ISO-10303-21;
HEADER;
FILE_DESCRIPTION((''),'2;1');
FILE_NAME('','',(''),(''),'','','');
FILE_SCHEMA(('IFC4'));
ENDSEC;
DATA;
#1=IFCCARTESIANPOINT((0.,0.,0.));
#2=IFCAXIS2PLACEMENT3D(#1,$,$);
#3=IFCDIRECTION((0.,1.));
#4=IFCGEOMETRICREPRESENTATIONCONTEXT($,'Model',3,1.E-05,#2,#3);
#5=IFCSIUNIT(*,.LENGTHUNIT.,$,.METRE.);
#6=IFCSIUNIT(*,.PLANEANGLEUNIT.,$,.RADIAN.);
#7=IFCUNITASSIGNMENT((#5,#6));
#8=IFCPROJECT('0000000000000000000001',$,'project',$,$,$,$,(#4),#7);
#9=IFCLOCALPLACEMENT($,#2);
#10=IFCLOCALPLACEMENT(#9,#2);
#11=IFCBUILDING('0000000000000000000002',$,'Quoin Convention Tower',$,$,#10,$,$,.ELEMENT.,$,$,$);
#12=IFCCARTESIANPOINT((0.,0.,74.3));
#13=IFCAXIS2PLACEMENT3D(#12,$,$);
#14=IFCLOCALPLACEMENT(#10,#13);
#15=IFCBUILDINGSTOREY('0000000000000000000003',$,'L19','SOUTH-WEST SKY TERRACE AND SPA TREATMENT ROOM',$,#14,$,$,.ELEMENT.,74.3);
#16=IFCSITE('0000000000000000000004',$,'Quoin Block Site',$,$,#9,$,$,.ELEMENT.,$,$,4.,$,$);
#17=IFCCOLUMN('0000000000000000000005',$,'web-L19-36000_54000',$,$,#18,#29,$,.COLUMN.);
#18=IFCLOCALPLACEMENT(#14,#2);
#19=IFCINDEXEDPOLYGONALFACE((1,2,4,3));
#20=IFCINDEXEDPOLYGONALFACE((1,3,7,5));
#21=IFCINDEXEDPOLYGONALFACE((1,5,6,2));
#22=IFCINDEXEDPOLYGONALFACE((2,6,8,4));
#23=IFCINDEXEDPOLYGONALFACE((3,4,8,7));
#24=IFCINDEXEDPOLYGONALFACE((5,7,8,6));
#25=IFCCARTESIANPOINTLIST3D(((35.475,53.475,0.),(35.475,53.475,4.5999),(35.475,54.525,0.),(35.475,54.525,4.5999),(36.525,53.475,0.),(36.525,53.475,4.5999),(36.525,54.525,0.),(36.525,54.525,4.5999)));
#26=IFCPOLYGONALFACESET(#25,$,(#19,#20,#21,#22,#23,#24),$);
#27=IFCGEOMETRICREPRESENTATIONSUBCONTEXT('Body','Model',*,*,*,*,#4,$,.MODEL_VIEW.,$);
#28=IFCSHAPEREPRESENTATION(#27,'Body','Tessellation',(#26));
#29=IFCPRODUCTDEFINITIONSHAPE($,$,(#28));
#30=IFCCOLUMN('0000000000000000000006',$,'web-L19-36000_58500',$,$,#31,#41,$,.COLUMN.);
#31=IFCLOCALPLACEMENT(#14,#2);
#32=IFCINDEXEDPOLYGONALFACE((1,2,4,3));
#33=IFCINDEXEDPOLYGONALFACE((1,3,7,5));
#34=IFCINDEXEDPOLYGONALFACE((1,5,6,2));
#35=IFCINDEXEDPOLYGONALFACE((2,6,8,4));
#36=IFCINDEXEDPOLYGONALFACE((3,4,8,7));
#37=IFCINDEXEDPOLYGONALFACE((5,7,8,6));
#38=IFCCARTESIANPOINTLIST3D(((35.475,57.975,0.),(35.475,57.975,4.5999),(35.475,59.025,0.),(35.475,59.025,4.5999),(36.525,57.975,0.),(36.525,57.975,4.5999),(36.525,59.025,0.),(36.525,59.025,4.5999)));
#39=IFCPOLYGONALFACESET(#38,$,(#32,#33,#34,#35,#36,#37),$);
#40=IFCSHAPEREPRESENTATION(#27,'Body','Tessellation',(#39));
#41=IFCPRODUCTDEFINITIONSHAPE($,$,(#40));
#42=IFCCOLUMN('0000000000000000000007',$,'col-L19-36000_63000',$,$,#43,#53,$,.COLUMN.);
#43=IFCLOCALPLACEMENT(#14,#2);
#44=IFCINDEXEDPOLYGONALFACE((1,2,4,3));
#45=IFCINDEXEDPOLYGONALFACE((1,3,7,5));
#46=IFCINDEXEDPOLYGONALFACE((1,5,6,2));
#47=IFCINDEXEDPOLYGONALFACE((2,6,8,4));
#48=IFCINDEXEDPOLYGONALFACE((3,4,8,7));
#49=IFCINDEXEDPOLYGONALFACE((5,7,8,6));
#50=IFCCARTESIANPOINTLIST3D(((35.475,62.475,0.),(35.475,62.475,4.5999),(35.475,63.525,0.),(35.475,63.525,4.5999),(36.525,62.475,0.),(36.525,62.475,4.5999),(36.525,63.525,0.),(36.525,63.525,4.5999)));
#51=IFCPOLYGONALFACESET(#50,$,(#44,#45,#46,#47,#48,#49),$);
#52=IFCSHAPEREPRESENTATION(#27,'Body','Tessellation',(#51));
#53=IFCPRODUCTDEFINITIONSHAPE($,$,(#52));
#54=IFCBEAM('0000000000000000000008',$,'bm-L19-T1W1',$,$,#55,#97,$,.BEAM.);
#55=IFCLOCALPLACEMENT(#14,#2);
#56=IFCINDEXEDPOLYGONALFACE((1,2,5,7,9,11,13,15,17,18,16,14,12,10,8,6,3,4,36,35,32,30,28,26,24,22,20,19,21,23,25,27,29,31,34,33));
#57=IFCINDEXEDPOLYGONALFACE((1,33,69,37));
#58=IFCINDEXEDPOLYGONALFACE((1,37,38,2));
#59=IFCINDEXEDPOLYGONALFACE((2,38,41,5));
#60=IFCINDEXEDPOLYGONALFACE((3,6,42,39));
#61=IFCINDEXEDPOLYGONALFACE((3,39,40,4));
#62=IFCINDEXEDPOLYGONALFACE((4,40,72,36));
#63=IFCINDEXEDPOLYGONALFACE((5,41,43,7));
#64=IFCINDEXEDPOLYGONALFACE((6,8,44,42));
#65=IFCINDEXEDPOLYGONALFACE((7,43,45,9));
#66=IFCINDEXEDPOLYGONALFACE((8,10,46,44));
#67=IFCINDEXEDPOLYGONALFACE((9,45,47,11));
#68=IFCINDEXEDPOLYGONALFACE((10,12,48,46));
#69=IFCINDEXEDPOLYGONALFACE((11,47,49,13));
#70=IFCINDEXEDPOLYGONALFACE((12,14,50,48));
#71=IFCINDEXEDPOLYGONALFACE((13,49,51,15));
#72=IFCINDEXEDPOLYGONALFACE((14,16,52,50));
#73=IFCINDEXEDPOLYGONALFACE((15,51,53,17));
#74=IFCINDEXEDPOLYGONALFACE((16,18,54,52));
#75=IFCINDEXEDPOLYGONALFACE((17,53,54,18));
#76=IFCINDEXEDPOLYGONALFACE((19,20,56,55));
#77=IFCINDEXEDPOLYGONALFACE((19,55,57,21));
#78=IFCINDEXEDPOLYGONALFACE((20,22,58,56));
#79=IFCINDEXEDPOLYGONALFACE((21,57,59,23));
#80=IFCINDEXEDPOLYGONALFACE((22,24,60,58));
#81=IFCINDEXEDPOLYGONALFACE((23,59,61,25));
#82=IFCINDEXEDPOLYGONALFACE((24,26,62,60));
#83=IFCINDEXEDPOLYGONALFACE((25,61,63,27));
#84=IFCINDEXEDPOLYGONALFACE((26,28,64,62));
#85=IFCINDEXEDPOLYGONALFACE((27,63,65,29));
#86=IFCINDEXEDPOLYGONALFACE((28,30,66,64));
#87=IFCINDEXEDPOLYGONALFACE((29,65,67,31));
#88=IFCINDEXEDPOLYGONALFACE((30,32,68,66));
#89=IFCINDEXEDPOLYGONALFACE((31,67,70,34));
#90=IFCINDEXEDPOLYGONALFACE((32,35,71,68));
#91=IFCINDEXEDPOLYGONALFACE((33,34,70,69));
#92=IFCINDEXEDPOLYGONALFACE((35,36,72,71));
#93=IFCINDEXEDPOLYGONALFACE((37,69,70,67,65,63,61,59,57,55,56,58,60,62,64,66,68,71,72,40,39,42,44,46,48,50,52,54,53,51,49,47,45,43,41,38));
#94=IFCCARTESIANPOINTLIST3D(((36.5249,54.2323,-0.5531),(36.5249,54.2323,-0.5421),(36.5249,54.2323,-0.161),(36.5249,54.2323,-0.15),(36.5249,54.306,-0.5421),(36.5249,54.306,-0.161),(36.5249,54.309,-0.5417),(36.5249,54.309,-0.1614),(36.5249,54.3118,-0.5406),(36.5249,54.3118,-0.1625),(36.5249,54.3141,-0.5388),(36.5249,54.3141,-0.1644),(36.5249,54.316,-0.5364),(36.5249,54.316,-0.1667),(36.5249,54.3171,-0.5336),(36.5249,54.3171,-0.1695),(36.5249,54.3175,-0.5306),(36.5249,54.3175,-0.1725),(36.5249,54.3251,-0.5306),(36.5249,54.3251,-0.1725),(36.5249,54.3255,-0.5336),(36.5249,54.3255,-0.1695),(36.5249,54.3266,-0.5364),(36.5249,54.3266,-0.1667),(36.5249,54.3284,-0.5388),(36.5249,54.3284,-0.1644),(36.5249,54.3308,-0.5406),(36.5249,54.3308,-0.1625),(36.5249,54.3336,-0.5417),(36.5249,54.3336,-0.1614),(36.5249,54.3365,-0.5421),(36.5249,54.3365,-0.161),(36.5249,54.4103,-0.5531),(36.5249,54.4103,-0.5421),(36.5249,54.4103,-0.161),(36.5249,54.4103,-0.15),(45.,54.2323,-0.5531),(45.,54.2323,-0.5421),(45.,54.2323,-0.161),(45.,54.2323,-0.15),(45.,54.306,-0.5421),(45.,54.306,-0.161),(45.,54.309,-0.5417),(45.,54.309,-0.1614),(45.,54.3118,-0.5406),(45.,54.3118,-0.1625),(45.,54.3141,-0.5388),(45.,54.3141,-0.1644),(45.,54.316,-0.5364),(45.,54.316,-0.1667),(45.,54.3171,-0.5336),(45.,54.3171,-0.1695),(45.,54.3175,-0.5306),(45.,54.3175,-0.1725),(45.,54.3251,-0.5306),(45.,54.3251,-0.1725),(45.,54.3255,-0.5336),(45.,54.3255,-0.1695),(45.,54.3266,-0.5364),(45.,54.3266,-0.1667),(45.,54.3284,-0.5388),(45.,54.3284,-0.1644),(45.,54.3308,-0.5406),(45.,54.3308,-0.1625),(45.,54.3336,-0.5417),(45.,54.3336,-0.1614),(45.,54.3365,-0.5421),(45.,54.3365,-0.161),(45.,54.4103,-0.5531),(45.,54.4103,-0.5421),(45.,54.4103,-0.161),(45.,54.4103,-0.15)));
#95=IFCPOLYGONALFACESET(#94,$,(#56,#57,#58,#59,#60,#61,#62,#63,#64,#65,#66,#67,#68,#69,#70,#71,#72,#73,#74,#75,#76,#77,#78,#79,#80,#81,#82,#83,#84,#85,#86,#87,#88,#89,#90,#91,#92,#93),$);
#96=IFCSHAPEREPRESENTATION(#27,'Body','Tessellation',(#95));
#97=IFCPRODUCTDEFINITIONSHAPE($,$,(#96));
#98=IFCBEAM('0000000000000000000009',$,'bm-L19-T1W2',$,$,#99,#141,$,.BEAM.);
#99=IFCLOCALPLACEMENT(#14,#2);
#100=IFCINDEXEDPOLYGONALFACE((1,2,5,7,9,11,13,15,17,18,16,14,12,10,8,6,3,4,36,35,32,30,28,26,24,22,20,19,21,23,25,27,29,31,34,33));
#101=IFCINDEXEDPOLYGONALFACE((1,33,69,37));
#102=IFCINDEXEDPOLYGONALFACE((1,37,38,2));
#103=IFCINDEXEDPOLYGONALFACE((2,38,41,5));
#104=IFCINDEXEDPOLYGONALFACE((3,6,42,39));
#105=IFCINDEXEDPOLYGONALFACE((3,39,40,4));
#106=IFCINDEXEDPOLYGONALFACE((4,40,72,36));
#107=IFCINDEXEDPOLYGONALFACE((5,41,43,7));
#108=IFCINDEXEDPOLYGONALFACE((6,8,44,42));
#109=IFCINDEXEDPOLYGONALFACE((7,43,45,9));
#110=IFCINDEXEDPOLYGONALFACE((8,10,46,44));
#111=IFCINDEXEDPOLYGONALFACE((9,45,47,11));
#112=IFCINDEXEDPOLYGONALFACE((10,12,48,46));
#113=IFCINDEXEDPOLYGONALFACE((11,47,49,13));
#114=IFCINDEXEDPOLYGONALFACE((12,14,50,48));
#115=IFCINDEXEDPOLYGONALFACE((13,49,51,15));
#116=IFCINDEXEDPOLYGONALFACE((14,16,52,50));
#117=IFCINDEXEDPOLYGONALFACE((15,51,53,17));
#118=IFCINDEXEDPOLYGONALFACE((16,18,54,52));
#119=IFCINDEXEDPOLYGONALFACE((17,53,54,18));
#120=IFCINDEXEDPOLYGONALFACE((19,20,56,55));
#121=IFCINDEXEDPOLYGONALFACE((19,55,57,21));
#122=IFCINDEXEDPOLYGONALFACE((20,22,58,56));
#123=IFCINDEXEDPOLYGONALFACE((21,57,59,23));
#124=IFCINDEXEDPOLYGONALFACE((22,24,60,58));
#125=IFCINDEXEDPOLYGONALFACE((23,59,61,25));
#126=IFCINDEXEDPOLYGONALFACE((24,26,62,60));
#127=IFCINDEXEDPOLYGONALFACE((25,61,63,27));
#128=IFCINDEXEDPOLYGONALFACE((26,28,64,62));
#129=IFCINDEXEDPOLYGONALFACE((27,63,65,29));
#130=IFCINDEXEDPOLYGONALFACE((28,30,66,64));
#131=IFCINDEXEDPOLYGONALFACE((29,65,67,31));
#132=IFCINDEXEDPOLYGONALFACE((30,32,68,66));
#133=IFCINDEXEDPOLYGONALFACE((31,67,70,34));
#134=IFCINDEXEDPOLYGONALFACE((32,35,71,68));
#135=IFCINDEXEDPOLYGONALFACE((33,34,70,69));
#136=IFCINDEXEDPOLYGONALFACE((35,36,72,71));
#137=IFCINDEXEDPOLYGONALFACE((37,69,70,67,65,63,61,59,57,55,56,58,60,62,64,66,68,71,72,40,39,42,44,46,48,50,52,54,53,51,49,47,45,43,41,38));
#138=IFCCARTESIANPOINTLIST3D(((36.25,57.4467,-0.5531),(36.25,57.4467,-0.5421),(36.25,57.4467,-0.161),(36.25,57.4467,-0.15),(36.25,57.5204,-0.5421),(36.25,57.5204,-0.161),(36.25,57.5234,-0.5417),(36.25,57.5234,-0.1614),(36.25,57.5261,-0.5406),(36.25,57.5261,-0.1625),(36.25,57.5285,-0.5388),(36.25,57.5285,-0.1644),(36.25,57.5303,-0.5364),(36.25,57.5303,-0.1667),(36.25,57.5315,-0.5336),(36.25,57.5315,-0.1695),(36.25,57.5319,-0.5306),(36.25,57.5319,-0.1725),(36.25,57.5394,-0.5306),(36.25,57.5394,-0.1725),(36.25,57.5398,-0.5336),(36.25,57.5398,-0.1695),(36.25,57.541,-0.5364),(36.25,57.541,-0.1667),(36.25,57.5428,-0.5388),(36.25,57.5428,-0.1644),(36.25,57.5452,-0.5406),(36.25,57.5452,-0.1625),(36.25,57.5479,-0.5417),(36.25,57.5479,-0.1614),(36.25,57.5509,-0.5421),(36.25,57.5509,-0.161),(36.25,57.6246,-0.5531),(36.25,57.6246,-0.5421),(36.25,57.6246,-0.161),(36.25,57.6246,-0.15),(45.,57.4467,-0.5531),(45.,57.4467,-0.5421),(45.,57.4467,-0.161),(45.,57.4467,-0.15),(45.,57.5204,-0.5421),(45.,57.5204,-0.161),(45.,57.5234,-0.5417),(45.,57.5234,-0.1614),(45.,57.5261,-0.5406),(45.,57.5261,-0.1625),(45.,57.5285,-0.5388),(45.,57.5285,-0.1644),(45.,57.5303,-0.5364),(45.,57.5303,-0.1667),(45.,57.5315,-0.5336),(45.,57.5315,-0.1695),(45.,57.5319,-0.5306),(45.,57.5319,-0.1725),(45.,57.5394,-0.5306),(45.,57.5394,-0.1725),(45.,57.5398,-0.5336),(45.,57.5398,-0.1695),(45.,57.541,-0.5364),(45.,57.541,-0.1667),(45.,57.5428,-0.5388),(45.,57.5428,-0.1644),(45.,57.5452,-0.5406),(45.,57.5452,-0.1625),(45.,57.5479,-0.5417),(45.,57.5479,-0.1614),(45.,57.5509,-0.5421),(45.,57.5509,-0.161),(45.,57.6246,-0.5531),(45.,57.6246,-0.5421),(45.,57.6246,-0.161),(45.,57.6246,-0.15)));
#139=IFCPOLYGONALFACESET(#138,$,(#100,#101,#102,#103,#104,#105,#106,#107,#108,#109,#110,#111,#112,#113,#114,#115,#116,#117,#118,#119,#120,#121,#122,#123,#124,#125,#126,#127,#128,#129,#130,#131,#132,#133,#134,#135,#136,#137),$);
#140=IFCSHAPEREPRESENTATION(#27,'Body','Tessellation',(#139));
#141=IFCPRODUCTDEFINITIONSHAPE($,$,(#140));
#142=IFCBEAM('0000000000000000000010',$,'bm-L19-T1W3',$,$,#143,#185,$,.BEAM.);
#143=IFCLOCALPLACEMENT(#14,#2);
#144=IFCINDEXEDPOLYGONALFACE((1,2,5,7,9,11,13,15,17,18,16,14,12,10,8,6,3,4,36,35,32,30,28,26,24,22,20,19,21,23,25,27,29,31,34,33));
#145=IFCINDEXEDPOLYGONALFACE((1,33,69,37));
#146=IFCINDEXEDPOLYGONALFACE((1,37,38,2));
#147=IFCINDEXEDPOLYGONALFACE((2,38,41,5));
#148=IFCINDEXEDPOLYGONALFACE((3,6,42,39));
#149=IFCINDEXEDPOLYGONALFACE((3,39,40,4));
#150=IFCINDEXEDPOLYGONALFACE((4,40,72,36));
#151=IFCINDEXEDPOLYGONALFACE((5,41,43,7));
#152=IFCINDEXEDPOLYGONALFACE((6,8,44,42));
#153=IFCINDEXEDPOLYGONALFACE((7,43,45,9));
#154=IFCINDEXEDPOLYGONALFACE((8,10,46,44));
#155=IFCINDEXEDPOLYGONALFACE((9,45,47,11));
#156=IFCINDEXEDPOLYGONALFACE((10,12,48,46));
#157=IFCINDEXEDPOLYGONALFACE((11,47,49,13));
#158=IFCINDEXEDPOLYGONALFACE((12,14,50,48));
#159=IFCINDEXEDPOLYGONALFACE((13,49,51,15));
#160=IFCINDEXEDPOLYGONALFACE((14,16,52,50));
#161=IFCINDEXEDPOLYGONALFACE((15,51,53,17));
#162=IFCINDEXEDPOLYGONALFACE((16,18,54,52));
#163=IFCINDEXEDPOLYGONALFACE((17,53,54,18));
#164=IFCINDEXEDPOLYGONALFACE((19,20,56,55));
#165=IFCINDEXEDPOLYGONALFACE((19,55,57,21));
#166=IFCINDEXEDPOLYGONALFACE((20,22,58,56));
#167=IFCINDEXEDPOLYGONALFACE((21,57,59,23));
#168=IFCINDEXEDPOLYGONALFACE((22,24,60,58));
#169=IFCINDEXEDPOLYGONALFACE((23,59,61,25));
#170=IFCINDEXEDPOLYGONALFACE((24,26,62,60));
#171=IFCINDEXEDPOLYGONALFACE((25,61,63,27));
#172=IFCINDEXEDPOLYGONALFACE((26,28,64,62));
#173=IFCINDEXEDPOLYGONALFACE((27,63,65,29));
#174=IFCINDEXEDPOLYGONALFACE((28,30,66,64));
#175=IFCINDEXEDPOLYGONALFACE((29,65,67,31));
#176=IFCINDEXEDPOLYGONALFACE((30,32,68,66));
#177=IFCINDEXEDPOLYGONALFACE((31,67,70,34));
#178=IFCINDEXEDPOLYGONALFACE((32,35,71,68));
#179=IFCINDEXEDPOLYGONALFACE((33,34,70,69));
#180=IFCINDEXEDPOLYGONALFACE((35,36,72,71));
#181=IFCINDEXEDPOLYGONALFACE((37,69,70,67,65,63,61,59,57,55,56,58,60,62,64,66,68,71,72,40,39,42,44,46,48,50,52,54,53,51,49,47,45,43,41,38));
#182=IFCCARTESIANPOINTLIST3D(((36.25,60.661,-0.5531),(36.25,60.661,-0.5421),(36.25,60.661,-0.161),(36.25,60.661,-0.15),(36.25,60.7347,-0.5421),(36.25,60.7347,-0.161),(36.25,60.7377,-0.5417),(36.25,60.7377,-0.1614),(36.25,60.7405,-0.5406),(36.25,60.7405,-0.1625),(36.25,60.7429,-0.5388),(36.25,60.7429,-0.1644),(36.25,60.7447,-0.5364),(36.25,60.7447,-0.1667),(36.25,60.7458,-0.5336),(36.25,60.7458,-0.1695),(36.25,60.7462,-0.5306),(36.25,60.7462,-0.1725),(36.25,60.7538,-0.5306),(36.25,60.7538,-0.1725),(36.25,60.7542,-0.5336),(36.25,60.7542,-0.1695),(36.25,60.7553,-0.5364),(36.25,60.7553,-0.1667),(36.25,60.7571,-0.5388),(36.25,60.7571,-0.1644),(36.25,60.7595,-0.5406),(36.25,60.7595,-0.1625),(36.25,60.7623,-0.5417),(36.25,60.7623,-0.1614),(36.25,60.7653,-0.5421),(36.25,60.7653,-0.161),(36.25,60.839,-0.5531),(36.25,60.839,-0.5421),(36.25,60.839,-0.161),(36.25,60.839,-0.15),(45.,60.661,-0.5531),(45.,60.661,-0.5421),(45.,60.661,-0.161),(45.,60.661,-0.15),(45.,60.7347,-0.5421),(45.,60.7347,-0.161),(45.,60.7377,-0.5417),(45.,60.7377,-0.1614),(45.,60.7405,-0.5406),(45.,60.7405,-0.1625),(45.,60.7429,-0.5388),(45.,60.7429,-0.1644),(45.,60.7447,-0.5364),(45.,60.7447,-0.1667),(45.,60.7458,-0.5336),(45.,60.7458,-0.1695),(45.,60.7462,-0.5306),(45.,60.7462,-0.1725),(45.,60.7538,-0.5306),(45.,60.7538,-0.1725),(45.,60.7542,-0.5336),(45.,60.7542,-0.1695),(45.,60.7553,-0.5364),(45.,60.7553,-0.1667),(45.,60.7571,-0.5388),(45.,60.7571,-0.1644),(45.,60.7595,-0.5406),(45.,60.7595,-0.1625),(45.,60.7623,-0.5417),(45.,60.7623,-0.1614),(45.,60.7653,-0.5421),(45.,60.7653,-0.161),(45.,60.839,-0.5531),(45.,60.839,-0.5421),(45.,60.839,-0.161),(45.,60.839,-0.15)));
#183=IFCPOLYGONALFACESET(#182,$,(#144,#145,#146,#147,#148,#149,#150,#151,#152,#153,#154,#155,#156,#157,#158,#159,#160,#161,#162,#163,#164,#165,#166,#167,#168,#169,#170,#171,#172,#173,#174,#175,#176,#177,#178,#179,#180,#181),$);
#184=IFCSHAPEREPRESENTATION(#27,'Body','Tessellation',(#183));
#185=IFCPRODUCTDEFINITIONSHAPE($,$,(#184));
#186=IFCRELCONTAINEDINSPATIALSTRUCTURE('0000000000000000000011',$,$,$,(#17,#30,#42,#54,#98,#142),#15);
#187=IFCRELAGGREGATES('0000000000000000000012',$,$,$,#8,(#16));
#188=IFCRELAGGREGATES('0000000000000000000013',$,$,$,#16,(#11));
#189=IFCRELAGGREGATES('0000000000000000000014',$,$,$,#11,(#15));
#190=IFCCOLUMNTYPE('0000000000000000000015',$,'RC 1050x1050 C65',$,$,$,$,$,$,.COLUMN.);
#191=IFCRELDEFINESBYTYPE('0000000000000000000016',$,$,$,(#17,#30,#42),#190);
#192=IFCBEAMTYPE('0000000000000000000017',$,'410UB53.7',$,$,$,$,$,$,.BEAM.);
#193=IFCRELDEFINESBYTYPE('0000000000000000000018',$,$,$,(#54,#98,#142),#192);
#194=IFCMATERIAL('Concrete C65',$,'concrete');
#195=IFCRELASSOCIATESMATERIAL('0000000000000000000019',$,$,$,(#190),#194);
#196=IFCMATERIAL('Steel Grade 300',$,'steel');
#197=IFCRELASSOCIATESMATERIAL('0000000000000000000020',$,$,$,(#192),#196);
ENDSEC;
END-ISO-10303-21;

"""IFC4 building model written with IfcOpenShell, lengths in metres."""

from ifc_helpers import new_model, si_unit, direction, frame, origin, origin_2d, place, context, subcontext, project, spatial, rectangle, i_section, extrude, material, material_profile, profile_set, type_object, element, save


model = new_model("IFC4")

# Units and contexts
model_context = context("Model", 3, precision=1e-05, world=origin(), true_north=direction((0.0, 1.0)))
body_context = subcontext(model_context, "Body", "Model", "MODEL_VIEW")
ifc_project = project(units=[si_unit("LENGTHUNIT", "METRE"), si_unit("PLANEANGLEUNIT", "RADIAN")], contexts=[model_context])

# Site, building, storey
site_placement = place(None, origin())
site = spatial("IfcSite", under=ifc_project, at=site_placement, Name="Quoin Block Site", CompositionType="ELEMENT", RefElevation=4.0)
building_placement = place(site_placement, origin())
building = spatial("IfcBuilding", under=site, at=building_placement, Name="Quoin Convention Tower", CompositionType="ELEMENT")
storey_placement = place(building_placement, frame((0.0, 0.0, 74.3)))
storey = spatial("IfcBuildingStorey", under=building, at=storey_placement, Name="L19", Description="SOUTH-WEST SKY TERRACE AND SPA TREATMENT ROOM", CompositionType="ELEMENT", Elevation=74.3)

# Columns
ifc_material_1 = material(Name="Concrete C65", Category="concrete")
ifc_material_profile_1 = material_profile(ifc_material_1, rectangle(XDim=1.05, YDim=1.05, at=origin_2d()), Name="RC 1050x1050")
ifc_profile_set_1 = profile_set([ifc_material_profile_1], Name="Concrete C65")
column_type = type_object("IfcColumnType", Name="RC 1050x1050 C65", PredefinedType="COLUMN", material=ifc_profile_set_1)
for number, where, z_axis, x_axis, name in (
    (1, (36.0, 54.0, 0.0), (0.0, 0.0, 1.0), (1.0, 0.0, 0.0), "web-L19-36000_54000"),
    (2, (36.0, 58.5, 0.0), (0.0, 0.0, 1.0), (1.0, 0.0, 0.0), "web-L19-36000_58500"),
    (3, (36.0, 63.0, 0.0), (0.0, 0.0, 1.0), (1.0, 0.0, 0.0), "col-L19-36000_63000"),
):
    element("IfcColumn", number, at=place(storey_placement, frame(where, z_axis=z_axis, x_axis=x_axis)), inside=storey, type_object=column_type, Name=name, PredefinedType="COLUMN", context=body_context, shape_type="SweptSolid", body=[
        extrude(rectangle(XDim=1.05, YDim=1.05, at=origin_2d()), origin(), (0.0, 0.0, 1.0), 4.5999),
    ])

# Beams
ifc_material_2 = material(Name="Steel Grade 300", Category="steel")
ifc_material_profile_2 = material_profile(ifc_material_2, i_section(OverallWidth=0.178, OverallDepth=0.4031, WebThickness=0.0076, FlangeThickness=0.011, FilletRadius=0.0115, at=origin_2d()), Name="410UB53.7")
ifc_profile_set_2 = profile_set([ifc_material_profile_2], Name="Steel Grade 300")
beam_type = type_object("IfcBeamType", Name="410UB53.7", PredefinedType="BEAM", material=ifc_profile_set_2)
beam_1_placement = place(storey_placement, frame((36.5249, 54.3213, -0.3516), z_axis=(1.0, 0.0, 0.0), x_axis=(0.0, 1.0, 0.0)))
element("IfcBeam", 4, at=beam_1_placement, inside=storey, type_object=beam_type, Name="bm-L19-T1W1", PredefinedType="BEAM", context=body_context, shape_type="SweptSolid", body=[
    extrude(i_section(OverallWidth=0.178, OverallDepth=0.4031, WebThickness=0.0076, FlangeThickness=0.011, FilletRadius=0.0115, at=origin_2d()), origin(), (0.0, 0.0, 1.0), 8.4751),
])
for number, where, z_axis, x_axis, name in (
    (5, (36.25, 57.5356, -0.3516), (1.0, 0.0, 0.0), (0.0, 1.0, 0.0), "bm-L19-T1W2"),
    (6, (36.25, 60.75, -0.3516), (1.0, 0.0, 0.0), (0.0, 1.0, 0.0), "bm-L19-T1W3"),
):
    element("IfcBeam", number, at=place(storey_placement, frame(where, z_axis=z_axis, x_axis=x_axis)), inside=storey, type_object=beam_type, Name=name, PredefinedType="BEAM", context=body_context, shape_type="SweptSolid", body=[
        extrude(i_section(OverallWidth=0.178, OverallDepth=0.4031, WebThickness=0.0076, FlangeThickness=0.011, FilletRadius=0.0115, at=origin_2d()), origin(), (0.0, 0.0, 1.0), 8.75),
    ])

save(model, "model.ifc")
